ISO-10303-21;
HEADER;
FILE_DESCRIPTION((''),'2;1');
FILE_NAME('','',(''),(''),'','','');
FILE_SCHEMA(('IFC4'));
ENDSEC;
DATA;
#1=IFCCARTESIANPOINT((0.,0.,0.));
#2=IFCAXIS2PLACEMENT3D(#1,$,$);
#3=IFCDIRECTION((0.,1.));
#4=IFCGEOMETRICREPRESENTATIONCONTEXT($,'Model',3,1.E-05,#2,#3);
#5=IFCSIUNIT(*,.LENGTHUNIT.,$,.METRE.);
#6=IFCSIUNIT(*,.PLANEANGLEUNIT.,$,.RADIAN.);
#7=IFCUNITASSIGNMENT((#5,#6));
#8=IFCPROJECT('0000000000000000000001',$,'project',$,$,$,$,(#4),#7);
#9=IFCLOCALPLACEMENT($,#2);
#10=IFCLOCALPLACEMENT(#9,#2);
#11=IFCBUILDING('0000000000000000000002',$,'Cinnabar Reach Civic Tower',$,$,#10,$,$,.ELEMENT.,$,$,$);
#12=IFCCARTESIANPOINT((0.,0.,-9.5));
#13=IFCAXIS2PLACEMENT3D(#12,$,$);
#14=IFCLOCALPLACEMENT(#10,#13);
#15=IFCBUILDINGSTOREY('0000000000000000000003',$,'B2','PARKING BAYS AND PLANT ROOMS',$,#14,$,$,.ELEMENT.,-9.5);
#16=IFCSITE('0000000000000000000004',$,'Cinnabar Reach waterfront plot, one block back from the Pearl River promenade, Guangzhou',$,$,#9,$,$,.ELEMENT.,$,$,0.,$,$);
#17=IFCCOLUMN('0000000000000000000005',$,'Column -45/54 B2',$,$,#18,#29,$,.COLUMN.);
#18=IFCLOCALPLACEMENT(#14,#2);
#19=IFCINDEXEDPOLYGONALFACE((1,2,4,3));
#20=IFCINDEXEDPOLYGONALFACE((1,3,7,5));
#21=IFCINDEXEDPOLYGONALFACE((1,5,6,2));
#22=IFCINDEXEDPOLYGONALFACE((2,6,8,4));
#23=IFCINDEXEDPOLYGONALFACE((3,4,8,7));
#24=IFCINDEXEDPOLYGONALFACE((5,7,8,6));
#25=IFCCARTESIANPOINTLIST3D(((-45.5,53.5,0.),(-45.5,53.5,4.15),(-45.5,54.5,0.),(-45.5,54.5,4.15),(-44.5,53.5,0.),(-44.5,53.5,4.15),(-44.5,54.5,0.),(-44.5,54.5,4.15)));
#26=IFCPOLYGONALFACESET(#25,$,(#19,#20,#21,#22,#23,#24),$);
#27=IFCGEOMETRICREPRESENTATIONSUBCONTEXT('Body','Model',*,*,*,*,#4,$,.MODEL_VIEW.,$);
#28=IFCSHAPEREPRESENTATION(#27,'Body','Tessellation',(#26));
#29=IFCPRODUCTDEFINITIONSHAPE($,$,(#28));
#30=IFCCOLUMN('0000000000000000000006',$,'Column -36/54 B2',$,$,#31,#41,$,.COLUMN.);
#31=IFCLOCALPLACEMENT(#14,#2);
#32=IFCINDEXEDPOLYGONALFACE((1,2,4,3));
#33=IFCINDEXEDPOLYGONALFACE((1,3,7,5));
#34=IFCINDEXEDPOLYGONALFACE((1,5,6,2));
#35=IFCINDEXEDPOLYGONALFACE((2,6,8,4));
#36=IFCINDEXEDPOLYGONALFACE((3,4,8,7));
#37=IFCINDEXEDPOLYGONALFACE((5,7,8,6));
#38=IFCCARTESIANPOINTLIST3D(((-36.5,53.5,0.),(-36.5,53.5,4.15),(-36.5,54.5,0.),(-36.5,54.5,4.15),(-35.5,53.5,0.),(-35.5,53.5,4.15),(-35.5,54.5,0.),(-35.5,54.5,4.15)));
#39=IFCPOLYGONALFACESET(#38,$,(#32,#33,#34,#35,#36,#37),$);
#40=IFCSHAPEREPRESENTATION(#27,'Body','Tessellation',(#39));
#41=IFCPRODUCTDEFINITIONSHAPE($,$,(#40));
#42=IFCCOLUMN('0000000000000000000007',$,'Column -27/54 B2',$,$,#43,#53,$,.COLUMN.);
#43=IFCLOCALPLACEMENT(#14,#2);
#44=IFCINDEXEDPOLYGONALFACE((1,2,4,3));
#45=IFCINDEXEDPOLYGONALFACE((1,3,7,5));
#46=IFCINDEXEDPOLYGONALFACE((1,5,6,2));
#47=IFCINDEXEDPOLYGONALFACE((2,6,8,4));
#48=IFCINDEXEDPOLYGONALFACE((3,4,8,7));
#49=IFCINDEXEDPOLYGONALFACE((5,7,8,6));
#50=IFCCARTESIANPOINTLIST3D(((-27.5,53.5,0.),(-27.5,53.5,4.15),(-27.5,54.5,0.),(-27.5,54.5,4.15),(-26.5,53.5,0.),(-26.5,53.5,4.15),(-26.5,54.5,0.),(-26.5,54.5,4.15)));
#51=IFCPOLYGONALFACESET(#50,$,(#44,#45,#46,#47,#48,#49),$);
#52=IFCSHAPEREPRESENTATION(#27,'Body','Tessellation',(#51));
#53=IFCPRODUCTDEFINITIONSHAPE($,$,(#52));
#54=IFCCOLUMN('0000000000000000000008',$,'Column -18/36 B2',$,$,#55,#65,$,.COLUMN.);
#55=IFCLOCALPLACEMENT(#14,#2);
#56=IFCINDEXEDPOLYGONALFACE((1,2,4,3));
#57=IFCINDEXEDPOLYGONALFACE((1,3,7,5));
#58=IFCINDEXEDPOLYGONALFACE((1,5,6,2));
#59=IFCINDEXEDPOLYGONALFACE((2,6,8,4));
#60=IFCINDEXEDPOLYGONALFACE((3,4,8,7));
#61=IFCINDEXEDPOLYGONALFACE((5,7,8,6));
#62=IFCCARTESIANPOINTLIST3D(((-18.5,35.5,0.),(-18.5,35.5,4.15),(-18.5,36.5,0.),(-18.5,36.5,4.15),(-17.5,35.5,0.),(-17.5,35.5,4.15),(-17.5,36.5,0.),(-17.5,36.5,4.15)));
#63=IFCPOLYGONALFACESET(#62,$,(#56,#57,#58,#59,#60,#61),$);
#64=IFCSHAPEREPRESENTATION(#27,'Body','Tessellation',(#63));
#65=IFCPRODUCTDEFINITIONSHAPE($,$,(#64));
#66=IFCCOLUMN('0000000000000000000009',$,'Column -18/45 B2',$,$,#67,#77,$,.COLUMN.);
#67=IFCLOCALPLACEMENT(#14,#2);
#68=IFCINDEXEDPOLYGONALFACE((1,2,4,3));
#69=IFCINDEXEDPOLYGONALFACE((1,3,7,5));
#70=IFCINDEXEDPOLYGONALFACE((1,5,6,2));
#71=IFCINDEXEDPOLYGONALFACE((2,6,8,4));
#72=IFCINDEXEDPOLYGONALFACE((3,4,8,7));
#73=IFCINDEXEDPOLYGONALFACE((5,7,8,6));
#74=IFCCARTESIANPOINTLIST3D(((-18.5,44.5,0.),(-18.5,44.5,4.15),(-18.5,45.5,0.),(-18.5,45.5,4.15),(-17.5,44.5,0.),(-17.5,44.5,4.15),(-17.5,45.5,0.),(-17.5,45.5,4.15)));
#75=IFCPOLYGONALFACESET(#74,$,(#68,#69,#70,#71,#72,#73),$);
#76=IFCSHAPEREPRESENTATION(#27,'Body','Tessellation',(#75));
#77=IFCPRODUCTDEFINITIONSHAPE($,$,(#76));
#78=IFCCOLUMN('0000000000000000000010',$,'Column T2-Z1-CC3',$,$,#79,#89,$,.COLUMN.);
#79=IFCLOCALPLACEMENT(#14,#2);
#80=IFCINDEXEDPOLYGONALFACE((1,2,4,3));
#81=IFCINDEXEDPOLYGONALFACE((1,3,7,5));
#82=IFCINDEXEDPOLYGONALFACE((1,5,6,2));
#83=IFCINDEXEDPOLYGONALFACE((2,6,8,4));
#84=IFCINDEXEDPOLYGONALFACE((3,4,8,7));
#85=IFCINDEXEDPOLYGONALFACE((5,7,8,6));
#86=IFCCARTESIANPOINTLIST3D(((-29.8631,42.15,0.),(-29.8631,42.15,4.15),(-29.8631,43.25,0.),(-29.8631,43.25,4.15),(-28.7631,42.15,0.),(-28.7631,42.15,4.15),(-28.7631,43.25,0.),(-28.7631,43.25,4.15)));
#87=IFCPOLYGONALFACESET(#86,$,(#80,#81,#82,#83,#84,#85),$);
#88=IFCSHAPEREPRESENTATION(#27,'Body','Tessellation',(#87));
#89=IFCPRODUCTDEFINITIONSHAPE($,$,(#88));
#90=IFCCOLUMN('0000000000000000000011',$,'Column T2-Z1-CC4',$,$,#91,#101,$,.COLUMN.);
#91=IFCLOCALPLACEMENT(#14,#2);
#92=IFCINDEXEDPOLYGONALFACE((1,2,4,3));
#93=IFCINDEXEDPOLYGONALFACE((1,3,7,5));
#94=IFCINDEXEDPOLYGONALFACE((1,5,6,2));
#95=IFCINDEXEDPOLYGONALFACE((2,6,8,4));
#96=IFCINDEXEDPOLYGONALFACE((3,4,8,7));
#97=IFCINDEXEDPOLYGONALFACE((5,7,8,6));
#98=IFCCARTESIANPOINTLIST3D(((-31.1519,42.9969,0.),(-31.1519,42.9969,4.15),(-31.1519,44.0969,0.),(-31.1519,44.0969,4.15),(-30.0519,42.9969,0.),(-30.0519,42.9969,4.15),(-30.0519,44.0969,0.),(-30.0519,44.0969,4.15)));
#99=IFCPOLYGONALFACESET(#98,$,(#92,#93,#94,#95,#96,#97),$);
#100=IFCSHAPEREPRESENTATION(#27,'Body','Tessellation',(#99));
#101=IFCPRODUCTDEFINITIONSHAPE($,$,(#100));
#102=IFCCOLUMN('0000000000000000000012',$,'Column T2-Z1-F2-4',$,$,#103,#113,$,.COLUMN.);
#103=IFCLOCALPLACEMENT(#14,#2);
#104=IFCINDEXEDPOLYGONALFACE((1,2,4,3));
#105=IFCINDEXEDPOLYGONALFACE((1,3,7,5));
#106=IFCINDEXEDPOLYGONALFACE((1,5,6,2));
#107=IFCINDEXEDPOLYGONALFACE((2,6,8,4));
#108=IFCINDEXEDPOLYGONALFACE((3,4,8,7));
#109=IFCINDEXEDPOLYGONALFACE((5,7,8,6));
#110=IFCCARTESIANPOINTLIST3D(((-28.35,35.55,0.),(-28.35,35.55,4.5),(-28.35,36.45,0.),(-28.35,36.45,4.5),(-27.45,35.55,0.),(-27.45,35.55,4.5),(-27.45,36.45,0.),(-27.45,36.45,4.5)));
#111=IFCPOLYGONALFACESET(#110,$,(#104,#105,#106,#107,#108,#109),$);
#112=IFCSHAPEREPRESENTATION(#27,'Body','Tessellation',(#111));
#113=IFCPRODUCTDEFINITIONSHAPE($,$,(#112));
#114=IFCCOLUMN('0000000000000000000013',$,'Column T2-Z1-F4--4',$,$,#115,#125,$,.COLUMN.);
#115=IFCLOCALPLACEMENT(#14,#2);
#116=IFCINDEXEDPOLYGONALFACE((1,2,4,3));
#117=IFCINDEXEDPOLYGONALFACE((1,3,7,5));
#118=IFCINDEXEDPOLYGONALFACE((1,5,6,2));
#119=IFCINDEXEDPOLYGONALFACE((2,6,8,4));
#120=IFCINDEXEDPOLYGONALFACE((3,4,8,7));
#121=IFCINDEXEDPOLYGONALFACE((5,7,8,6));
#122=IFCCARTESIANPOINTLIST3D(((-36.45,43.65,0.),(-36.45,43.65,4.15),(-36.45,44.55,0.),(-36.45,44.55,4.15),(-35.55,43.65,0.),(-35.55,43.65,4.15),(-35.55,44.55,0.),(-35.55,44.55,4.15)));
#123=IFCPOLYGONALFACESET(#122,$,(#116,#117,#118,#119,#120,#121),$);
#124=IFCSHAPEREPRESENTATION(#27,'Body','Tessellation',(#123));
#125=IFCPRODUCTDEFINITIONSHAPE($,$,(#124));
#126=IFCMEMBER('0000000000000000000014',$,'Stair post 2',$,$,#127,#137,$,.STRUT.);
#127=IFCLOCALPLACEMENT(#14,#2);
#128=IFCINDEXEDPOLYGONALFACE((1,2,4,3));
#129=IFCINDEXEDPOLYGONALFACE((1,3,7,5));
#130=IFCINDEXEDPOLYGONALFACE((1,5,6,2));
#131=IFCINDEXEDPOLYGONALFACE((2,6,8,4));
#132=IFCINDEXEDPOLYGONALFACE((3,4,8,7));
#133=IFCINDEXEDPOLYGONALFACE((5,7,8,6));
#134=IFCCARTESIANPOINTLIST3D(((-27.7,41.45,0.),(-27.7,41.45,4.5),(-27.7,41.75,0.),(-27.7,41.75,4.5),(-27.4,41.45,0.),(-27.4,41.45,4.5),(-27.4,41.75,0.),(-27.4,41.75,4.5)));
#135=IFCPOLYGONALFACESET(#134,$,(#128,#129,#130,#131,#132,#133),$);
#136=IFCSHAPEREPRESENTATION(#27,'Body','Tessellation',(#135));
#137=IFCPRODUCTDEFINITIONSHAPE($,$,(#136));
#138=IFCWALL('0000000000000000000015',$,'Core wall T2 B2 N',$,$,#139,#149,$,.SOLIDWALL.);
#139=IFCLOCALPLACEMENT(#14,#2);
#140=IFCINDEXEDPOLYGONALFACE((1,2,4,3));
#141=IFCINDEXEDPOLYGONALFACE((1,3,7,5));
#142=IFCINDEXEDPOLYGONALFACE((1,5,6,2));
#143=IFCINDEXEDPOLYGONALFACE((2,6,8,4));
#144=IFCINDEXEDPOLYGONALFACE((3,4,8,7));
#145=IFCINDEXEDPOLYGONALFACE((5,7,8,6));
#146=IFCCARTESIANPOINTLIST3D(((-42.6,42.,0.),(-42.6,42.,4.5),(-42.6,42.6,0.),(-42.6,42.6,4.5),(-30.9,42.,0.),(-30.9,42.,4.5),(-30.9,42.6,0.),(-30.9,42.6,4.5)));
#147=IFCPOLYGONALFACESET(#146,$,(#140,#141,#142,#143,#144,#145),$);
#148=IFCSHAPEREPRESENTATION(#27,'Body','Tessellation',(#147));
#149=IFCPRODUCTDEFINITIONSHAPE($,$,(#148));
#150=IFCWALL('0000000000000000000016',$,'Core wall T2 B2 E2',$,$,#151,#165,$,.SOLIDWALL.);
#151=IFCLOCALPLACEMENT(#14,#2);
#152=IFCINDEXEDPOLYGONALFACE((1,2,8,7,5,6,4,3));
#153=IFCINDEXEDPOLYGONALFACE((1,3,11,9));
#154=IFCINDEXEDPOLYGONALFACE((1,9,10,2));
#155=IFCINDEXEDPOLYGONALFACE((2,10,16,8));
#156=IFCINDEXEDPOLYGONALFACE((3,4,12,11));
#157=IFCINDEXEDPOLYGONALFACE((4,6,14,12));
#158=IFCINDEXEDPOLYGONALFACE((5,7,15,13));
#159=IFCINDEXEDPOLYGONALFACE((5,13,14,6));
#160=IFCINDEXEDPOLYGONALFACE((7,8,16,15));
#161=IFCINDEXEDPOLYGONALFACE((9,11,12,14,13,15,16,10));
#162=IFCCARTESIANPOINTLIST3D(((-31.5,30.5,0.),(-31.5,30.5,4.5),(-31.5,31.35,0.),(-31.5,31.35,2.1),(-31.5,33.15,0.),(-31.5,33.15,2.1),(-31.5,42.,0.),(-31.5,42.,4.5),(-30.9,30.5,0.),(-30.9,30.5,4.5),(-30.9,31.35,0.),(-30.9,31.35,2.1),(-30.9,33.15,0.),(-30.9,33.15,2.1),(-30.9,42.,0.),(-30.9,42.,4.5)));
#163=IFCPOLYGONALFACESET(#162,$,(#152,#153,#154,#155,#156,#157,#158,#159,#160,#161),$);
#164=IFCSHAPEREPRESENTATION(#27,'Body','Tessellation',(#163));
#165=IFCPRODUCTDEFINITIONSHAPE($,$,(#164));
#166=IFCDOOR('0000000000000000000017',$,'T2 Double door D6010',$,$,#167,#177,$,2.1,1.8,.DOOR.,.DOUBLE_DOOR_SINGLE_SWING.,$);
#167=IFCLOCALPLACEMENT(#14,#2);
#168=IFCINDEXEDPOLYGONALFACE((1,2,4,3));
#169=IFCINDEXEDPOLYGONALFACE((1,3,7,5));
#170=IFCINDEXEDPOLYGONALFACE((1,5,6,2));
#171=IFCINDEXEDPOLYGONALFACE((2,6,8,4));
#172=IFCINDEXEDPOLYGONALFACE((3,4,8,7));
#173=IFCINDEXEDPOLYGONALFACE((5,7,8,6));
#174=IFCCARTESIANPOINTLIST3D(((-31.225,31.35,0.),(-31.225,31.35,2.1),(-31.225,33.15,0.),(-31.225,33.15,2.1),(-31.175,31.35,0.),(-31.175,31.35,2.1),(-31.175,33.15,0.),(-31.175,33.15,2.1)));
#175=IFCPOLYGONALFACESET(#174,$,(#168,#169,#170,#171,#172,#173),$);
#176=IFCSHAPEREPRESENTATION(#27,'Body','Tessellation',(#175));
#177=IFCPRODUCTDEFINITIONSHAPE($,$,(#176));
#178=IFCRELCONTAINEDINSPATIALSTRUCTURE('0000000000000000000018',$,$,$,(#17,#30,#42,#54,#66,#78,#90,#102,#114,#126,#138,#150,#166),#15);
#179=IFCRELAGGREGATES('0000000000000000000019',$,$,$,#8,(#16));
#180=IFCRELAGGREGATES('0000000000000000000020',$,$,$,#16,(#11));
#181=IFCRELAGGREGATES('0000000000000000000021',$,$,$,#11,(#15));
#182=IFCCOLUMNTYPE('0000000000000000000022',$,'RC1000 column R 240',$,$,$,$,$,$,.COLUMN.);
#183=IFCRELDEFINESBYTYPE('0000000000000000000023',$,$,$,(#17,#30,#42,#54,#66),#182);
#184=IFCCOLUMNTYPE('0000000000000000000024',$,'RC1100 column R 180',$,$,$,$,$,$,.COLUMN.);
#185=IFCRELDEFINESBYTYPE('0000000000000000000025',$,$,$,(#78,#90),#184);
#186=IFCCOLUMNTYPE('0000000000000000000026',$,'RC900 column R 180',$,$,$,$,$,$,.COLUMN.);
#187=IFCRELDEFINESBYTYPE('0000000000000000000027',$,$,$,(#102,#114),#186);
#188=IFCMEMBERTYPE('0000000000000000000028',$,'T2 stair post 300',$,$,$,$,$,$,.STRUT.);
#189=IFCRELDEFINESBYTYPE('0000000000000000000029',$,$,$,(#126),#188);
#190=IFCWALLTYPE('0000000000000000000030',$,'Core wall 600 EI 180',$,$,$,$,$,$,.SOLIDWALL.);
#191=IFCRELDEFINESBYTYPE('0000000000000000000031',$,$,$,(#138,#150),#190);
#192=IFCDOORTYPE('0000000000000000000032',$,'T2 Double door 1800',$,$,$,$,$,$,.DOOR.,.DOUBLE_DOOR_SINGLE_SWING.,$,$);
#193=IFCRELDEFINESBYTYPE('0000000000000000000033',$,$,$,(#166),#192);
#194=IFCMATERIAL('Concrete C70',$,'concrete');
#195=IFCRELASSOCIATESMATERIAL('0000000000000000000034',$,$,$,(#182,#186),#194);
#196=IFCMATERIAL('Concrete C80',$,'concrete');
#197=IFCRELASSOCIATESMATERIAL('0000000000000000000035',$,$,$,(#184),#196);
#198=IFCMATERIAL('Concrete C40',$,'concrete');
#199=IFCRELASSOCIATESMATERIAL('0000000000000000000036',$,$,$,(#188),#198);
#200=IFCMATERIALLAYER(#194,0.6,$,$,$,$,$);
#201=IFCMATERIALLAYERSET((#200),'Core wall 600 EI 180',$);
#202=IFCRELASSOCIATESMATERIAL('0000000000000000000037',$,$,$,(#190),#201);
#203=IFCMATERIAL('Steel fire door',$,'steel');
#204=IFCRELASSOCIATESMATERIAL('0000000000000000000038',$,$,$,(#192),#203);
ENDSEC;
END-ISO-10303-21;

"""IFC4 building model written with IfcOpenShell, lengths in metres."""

from ifc_helpers import new_model, si_unit, direction, frame, frame_2d, origin, origin_2d, place, context, subcontext, project, spatial, rectangle, extrude, material, layer, layer_set, material_profile, profile_set, type_object, element, fill, save


model = new_model("IFC4")

# Units and contexts
model_context = context("Model", 3, precision=1e-05, world=origin(), true_north=direction((0.0, 1.0)))
body_context = subcontext(model_context, "Body", "Model", "MODEL_VIEW")
ifc_project = project(units=[si_unit("LENGTHUNIT", "METRE"), si_unit("PLANEANGLEUNIT", "RADIAN")], contexts=[model_context])

# Site, building, storey
site_placement = place(None, origin())
site = spatial("IfcSite", under=ifc_project, at=site_placement, Name="Cinnabar Reach waterfront plot, one block back from the Pearl River promenade, Guangzhou", CompositionType="ELEMENT", RefElevation=0.0)
building_placement = place(site_placement, origin())
building = spatial("IfcBuilding", under=site, at=building_placement, Name="Cinnabar Reach Civic Tower", CompositionType="ELEMENT")
storey_placement = place(building_placement, frame((0.0, 0.0, -9.5)))
storey = spatial("IfcBuildingStorey", under=building, at=storey_placement, Name="B2", Description="PARKING BAYS AND PLANT ROOMS", CompositionType="ELEMENT", Elevation=-9.5)

# Columns
ifc_material_1 = material(Name="Concrete C70", Category="concrete")
ifc_material_profile_1 = material_profile(ifc_material_1, rectangle(XDim=1.0, YDim=1.0, at=origin_2d()), Name="RC1000")
ifc_profile_set_1 = profile_set([ifc_material_profile_1], Name="Concrete C70")
column_type_1 = type_object("IfcColumnType", Name="RC1000 column R 240", PredefinedType="COLUMN", material=ifc_profile_set_1)
for number, where, z_axis, x_axis, name in (
    (1, (-45.0, 54.0, 0.0), (0.0, 0.0, 1.0), (1.0, 0.0, 0.0), "Column -45/54 B2"),
    (2, (-36.0, 54.0, 0.0), (0.0, 0.0, 1.0), (1.0, 0.0, 0.0), "Column -36/54 B2"),
    (3, (-27.0, 54.0, 0.0), (0.0, 0.0, 1.0), (1.0, 0.0, 0.0), "Column -27/54 B2"),
    (4, (-18.0, 36.0, 0.0), (0.0, 0.0, 1.0), (1.0, 0.0, 0.0), "Column -18/36 B2"),
    (5, (-18.0, 45.0, 0.0), (0.0, 0.0, 1.0), (1.0, 0.0, 0.0), "Column -18/45 B2"),
):
    element("IfcColumn", number, at=place(storey_placement, frame(where, z_axis=z_axis, x_axis=x_axis)), inside=storey, type_object=column_type_1, Name=name, PredefinedType="COLUMN", context=body_context, shape_type="SweptSolid", body=[
        extrude(rectangle(XDim=1.0, YDim=1.0, at=origin_2d()), origin(), (0.0, 0.0, 1.0), 4.15),
    ])
ifc_material_2 = material(Name="Concrete C80", Category="concrete")
ifc_material_profile_2 = material_profile(ifc_material_2, rectangle(XDim=1.1, YDim=1.1, at=origin_2d()), Name="RC1100")
ifc_profile_set_2 = profile_set([ifc_material_profile_2], Name="Concrete C80")
column_type_2 = type_object("IfcColumnType", Name="RC1100 column R 180", PredefinedType="COLUMN", material=ifc_profile_set_2)
for number, where, z_axis, x_axis, name in (
    (6, (-29.3131, 42.7, 0.0), (0.0, 0.0, 1.0), (1.0, 0.0, 0.0), "Column T2-Z1-CC3"),
    (7, (-30.6019, 43.5469, 0.0), (0.0, 0.0, 1.0), (1.0, 0.0, 0.0), "Column T2-Z1-CC4"),
):
    element("IfcColumn", number, at=place(storey_placement, frame(where, z_axis=z_axis, x_axis=x_axis)), inside=storey, type_object=column_type_2, Name=name, PredefinedType="COLUMN", context=body_context, shape_type="SweptSolid", body=[
        extrude(rectangle(XDim=1.1, YDim=1.1, at=origin_2d()), origin(), (0.0, 0.0, 1.0), 4.15),
    ])
ifc_material_profile_3 = material_profile(ifc_material_1, rectangle(XDim=0.9, YDim=0.9, at=origin_2d()), Name="RC900")
ifc_profile_set_3 = profile_set([ifc_material_profile_3], Name="Concrete C70")
column_type_3 = type_object("IfcColumnType", Name="RC900 column R 180", PredefinedType="COLUMN", material=ifc_profile_set_3)
column_1_placement = place(storey_placement, frame((-27.9, 36.0, 0.0), z_axis=(0.0, 0.0, 1.0), x_axis=(1.0, 0.0, 0.0)))
element("IfcColumn", 8, at=column_1_placement, inside=storey, type_object=column_type_3, Name="Column T2-Z1-F2-4", PredefinedType="COLUMN", context=body_context, shape_type="SweptSolid", body=[
    extrude(rectangle(XDim=0.9, YDim=0.9, at=origin_2d()), origin(), (0.0, 0.0, 1.0), 4.5),
])
column_2_placement = place(storey_placement, frame((-36.0, 44.1, 0.0), z_axis=(0.0, 0.0, 1.0), x_axis=(1.0, 0.0, 0.0)))
element("IfcColumn", 9, at=column_2_placement, inside=storey, type_object=column_type_3, Name="Column T2-Z1-F4--4", PredefinedType="COLUMN", context=body_context, shape_type="SweptSolid", body=[
    extrude(rectangle(XDim=0.9, YDim=0.9, at=origin_2d()), origin(), (0.0, 0.0, 1.0), 4.15),
])

# Member
ifc_material_3 = material(Name="Concrete C40", Category="concrete")
ifc_material_profile_4 = material_profile(ifc_material_3, rectangle(XDim=0.3, YDim=0.3, at=origin_2d()), Name="C300")
ifc_profile_set_4 = profile_set([ifc_material_profile_4], Name="Concrete C40")
member_type = type_object("IfcMemberType", Name="T2 stair post 300", PredefinedType="STRUT", material=ifc_profile_set_4)
member_placement = place(storey_placement, frame((-27.55, 41.6, 0.0), z_axis=(0.0, 0.0, 1.0), x_axis=(1.0, 0.0, 0.0)))
element("IfcMember", 10, at=member_placement, inside=storey, type_object=member_type, Name="Stair post 2", PredefinedType="STRUT", context=body_context, shape_type="SweptSolid", body=[
    extrude(rectangle(XDim=0.3, YDim=0.3, at=origin_2d()), origin(), (0.0, 0.0, 1.0), 4.5),
])

# Wall
ifc_layer_1 = layer(ifc_material_1, 0.6)
ifc_layer_set_1 = layer_set([ifc_layer_1], Name="Core wall 600 EI 180")
wall_type_1 = type_object("IfcWallType", Name="Core wall 600 EI 180", PredefinedType="SOLIDWALL", material=ifc_layer_set_1)
wall_1_placement = place(storey_placement, frame((-30.9, 42.3, 0.0), z_axis=(0.0, 0.0, 1.0), x_axis=(-1.0, 0.0, 0.0)))
element("IfcWall", 11, at=wall_1_placement, inside=storey, type_object=wall_type_1, Name="Core wall T2 B2 N", PredefinedType="SOLIDWALL", context=body_context, shape_type="SweptSolid", body=[
    extrude(rectangle(XDim=11.7, YDim=0.6, at=frame_2d((5.85, 0.0))), origin(), (0.0, 0.0, 1.0), 4.5),
])

# Wall, opening, door
wall_2_placement = place(storey_placement, frame((-31.2, 30.5, 0.0), z_axis=(0.0, 0.0, 1.0), x_axis=(0.0, 1.0, 0.0)))
wall_2 = element("IfcWall", 12, at=wall_2_placement, inside=storey, type_object=wall_type_1, Name="Core wall T2 B2 E2", PredefinedType="SOLIDWALL", context=body_context, shape_type="SweptSolid", body=[
    extrude(rectangle(XDim=11.5, YDim=0.6, at=frame_2d((5.75, 0.0))), origin(), (0.0, 0.0, 1.0), 4.5),
])
opening_1_placement = place(wall_2_placement, frame((0.85, 0.0, 0.0)))
opening_1 = element("IfcOpeningElement", 13, at=opening_1_placement, cuts=wall_2, PredefinedType="OPENING", context=body_context, shape_type="SweptSolid", body=[
    extrude(rectangle(XDim=1.8, YDim=2.1, at=frame_2d((0.9, 1.05))), frame((0.0, 0.31, 0.0), z_axis=(0.0, -1.0, 0.0), x_axis=(1.0, 0.0, 0.0)), (0.0, 0.0, 1.0), 0.62),
])
ifc_material_4 = material(Name="Steel fire door", Category="steel")
door_type_1 = type_object("IfcDoorType", Name="T2 Double door 1800", OperationType="DOUBLE_DOOR_SINGLE_SWING", PredefinedType="DOOR", material=ifc_material_4)
door_1_placement = place(opening_1_placement, origin())
door_1 = element("IfcDoor", 14, at=door_1_placement, inside=storey, type_object=door_type_1, Name="T2 Double door D6010", OperationType="DOUBLE_DOOR_SINGLE_SWING", OverallHeight=2.1, OverallWidth=1.8, PredefinedType="DOOR", context=body_context, shape_type="SweptSolid", body=[
    extrude(rectangle(XDim=1.8, YDim=2.1, at=frame_2d((0.9, 1.05))), frame((0.0, 0.025, 0.0), z_axis=(0.0, -1.0, 0.0), x_axis=(1.0, 0.0, 0.0)), (0.0, 0.0, 1.0), 0.05),
])
fill(opening_1, door_1)

save(model, "model.ifc")
